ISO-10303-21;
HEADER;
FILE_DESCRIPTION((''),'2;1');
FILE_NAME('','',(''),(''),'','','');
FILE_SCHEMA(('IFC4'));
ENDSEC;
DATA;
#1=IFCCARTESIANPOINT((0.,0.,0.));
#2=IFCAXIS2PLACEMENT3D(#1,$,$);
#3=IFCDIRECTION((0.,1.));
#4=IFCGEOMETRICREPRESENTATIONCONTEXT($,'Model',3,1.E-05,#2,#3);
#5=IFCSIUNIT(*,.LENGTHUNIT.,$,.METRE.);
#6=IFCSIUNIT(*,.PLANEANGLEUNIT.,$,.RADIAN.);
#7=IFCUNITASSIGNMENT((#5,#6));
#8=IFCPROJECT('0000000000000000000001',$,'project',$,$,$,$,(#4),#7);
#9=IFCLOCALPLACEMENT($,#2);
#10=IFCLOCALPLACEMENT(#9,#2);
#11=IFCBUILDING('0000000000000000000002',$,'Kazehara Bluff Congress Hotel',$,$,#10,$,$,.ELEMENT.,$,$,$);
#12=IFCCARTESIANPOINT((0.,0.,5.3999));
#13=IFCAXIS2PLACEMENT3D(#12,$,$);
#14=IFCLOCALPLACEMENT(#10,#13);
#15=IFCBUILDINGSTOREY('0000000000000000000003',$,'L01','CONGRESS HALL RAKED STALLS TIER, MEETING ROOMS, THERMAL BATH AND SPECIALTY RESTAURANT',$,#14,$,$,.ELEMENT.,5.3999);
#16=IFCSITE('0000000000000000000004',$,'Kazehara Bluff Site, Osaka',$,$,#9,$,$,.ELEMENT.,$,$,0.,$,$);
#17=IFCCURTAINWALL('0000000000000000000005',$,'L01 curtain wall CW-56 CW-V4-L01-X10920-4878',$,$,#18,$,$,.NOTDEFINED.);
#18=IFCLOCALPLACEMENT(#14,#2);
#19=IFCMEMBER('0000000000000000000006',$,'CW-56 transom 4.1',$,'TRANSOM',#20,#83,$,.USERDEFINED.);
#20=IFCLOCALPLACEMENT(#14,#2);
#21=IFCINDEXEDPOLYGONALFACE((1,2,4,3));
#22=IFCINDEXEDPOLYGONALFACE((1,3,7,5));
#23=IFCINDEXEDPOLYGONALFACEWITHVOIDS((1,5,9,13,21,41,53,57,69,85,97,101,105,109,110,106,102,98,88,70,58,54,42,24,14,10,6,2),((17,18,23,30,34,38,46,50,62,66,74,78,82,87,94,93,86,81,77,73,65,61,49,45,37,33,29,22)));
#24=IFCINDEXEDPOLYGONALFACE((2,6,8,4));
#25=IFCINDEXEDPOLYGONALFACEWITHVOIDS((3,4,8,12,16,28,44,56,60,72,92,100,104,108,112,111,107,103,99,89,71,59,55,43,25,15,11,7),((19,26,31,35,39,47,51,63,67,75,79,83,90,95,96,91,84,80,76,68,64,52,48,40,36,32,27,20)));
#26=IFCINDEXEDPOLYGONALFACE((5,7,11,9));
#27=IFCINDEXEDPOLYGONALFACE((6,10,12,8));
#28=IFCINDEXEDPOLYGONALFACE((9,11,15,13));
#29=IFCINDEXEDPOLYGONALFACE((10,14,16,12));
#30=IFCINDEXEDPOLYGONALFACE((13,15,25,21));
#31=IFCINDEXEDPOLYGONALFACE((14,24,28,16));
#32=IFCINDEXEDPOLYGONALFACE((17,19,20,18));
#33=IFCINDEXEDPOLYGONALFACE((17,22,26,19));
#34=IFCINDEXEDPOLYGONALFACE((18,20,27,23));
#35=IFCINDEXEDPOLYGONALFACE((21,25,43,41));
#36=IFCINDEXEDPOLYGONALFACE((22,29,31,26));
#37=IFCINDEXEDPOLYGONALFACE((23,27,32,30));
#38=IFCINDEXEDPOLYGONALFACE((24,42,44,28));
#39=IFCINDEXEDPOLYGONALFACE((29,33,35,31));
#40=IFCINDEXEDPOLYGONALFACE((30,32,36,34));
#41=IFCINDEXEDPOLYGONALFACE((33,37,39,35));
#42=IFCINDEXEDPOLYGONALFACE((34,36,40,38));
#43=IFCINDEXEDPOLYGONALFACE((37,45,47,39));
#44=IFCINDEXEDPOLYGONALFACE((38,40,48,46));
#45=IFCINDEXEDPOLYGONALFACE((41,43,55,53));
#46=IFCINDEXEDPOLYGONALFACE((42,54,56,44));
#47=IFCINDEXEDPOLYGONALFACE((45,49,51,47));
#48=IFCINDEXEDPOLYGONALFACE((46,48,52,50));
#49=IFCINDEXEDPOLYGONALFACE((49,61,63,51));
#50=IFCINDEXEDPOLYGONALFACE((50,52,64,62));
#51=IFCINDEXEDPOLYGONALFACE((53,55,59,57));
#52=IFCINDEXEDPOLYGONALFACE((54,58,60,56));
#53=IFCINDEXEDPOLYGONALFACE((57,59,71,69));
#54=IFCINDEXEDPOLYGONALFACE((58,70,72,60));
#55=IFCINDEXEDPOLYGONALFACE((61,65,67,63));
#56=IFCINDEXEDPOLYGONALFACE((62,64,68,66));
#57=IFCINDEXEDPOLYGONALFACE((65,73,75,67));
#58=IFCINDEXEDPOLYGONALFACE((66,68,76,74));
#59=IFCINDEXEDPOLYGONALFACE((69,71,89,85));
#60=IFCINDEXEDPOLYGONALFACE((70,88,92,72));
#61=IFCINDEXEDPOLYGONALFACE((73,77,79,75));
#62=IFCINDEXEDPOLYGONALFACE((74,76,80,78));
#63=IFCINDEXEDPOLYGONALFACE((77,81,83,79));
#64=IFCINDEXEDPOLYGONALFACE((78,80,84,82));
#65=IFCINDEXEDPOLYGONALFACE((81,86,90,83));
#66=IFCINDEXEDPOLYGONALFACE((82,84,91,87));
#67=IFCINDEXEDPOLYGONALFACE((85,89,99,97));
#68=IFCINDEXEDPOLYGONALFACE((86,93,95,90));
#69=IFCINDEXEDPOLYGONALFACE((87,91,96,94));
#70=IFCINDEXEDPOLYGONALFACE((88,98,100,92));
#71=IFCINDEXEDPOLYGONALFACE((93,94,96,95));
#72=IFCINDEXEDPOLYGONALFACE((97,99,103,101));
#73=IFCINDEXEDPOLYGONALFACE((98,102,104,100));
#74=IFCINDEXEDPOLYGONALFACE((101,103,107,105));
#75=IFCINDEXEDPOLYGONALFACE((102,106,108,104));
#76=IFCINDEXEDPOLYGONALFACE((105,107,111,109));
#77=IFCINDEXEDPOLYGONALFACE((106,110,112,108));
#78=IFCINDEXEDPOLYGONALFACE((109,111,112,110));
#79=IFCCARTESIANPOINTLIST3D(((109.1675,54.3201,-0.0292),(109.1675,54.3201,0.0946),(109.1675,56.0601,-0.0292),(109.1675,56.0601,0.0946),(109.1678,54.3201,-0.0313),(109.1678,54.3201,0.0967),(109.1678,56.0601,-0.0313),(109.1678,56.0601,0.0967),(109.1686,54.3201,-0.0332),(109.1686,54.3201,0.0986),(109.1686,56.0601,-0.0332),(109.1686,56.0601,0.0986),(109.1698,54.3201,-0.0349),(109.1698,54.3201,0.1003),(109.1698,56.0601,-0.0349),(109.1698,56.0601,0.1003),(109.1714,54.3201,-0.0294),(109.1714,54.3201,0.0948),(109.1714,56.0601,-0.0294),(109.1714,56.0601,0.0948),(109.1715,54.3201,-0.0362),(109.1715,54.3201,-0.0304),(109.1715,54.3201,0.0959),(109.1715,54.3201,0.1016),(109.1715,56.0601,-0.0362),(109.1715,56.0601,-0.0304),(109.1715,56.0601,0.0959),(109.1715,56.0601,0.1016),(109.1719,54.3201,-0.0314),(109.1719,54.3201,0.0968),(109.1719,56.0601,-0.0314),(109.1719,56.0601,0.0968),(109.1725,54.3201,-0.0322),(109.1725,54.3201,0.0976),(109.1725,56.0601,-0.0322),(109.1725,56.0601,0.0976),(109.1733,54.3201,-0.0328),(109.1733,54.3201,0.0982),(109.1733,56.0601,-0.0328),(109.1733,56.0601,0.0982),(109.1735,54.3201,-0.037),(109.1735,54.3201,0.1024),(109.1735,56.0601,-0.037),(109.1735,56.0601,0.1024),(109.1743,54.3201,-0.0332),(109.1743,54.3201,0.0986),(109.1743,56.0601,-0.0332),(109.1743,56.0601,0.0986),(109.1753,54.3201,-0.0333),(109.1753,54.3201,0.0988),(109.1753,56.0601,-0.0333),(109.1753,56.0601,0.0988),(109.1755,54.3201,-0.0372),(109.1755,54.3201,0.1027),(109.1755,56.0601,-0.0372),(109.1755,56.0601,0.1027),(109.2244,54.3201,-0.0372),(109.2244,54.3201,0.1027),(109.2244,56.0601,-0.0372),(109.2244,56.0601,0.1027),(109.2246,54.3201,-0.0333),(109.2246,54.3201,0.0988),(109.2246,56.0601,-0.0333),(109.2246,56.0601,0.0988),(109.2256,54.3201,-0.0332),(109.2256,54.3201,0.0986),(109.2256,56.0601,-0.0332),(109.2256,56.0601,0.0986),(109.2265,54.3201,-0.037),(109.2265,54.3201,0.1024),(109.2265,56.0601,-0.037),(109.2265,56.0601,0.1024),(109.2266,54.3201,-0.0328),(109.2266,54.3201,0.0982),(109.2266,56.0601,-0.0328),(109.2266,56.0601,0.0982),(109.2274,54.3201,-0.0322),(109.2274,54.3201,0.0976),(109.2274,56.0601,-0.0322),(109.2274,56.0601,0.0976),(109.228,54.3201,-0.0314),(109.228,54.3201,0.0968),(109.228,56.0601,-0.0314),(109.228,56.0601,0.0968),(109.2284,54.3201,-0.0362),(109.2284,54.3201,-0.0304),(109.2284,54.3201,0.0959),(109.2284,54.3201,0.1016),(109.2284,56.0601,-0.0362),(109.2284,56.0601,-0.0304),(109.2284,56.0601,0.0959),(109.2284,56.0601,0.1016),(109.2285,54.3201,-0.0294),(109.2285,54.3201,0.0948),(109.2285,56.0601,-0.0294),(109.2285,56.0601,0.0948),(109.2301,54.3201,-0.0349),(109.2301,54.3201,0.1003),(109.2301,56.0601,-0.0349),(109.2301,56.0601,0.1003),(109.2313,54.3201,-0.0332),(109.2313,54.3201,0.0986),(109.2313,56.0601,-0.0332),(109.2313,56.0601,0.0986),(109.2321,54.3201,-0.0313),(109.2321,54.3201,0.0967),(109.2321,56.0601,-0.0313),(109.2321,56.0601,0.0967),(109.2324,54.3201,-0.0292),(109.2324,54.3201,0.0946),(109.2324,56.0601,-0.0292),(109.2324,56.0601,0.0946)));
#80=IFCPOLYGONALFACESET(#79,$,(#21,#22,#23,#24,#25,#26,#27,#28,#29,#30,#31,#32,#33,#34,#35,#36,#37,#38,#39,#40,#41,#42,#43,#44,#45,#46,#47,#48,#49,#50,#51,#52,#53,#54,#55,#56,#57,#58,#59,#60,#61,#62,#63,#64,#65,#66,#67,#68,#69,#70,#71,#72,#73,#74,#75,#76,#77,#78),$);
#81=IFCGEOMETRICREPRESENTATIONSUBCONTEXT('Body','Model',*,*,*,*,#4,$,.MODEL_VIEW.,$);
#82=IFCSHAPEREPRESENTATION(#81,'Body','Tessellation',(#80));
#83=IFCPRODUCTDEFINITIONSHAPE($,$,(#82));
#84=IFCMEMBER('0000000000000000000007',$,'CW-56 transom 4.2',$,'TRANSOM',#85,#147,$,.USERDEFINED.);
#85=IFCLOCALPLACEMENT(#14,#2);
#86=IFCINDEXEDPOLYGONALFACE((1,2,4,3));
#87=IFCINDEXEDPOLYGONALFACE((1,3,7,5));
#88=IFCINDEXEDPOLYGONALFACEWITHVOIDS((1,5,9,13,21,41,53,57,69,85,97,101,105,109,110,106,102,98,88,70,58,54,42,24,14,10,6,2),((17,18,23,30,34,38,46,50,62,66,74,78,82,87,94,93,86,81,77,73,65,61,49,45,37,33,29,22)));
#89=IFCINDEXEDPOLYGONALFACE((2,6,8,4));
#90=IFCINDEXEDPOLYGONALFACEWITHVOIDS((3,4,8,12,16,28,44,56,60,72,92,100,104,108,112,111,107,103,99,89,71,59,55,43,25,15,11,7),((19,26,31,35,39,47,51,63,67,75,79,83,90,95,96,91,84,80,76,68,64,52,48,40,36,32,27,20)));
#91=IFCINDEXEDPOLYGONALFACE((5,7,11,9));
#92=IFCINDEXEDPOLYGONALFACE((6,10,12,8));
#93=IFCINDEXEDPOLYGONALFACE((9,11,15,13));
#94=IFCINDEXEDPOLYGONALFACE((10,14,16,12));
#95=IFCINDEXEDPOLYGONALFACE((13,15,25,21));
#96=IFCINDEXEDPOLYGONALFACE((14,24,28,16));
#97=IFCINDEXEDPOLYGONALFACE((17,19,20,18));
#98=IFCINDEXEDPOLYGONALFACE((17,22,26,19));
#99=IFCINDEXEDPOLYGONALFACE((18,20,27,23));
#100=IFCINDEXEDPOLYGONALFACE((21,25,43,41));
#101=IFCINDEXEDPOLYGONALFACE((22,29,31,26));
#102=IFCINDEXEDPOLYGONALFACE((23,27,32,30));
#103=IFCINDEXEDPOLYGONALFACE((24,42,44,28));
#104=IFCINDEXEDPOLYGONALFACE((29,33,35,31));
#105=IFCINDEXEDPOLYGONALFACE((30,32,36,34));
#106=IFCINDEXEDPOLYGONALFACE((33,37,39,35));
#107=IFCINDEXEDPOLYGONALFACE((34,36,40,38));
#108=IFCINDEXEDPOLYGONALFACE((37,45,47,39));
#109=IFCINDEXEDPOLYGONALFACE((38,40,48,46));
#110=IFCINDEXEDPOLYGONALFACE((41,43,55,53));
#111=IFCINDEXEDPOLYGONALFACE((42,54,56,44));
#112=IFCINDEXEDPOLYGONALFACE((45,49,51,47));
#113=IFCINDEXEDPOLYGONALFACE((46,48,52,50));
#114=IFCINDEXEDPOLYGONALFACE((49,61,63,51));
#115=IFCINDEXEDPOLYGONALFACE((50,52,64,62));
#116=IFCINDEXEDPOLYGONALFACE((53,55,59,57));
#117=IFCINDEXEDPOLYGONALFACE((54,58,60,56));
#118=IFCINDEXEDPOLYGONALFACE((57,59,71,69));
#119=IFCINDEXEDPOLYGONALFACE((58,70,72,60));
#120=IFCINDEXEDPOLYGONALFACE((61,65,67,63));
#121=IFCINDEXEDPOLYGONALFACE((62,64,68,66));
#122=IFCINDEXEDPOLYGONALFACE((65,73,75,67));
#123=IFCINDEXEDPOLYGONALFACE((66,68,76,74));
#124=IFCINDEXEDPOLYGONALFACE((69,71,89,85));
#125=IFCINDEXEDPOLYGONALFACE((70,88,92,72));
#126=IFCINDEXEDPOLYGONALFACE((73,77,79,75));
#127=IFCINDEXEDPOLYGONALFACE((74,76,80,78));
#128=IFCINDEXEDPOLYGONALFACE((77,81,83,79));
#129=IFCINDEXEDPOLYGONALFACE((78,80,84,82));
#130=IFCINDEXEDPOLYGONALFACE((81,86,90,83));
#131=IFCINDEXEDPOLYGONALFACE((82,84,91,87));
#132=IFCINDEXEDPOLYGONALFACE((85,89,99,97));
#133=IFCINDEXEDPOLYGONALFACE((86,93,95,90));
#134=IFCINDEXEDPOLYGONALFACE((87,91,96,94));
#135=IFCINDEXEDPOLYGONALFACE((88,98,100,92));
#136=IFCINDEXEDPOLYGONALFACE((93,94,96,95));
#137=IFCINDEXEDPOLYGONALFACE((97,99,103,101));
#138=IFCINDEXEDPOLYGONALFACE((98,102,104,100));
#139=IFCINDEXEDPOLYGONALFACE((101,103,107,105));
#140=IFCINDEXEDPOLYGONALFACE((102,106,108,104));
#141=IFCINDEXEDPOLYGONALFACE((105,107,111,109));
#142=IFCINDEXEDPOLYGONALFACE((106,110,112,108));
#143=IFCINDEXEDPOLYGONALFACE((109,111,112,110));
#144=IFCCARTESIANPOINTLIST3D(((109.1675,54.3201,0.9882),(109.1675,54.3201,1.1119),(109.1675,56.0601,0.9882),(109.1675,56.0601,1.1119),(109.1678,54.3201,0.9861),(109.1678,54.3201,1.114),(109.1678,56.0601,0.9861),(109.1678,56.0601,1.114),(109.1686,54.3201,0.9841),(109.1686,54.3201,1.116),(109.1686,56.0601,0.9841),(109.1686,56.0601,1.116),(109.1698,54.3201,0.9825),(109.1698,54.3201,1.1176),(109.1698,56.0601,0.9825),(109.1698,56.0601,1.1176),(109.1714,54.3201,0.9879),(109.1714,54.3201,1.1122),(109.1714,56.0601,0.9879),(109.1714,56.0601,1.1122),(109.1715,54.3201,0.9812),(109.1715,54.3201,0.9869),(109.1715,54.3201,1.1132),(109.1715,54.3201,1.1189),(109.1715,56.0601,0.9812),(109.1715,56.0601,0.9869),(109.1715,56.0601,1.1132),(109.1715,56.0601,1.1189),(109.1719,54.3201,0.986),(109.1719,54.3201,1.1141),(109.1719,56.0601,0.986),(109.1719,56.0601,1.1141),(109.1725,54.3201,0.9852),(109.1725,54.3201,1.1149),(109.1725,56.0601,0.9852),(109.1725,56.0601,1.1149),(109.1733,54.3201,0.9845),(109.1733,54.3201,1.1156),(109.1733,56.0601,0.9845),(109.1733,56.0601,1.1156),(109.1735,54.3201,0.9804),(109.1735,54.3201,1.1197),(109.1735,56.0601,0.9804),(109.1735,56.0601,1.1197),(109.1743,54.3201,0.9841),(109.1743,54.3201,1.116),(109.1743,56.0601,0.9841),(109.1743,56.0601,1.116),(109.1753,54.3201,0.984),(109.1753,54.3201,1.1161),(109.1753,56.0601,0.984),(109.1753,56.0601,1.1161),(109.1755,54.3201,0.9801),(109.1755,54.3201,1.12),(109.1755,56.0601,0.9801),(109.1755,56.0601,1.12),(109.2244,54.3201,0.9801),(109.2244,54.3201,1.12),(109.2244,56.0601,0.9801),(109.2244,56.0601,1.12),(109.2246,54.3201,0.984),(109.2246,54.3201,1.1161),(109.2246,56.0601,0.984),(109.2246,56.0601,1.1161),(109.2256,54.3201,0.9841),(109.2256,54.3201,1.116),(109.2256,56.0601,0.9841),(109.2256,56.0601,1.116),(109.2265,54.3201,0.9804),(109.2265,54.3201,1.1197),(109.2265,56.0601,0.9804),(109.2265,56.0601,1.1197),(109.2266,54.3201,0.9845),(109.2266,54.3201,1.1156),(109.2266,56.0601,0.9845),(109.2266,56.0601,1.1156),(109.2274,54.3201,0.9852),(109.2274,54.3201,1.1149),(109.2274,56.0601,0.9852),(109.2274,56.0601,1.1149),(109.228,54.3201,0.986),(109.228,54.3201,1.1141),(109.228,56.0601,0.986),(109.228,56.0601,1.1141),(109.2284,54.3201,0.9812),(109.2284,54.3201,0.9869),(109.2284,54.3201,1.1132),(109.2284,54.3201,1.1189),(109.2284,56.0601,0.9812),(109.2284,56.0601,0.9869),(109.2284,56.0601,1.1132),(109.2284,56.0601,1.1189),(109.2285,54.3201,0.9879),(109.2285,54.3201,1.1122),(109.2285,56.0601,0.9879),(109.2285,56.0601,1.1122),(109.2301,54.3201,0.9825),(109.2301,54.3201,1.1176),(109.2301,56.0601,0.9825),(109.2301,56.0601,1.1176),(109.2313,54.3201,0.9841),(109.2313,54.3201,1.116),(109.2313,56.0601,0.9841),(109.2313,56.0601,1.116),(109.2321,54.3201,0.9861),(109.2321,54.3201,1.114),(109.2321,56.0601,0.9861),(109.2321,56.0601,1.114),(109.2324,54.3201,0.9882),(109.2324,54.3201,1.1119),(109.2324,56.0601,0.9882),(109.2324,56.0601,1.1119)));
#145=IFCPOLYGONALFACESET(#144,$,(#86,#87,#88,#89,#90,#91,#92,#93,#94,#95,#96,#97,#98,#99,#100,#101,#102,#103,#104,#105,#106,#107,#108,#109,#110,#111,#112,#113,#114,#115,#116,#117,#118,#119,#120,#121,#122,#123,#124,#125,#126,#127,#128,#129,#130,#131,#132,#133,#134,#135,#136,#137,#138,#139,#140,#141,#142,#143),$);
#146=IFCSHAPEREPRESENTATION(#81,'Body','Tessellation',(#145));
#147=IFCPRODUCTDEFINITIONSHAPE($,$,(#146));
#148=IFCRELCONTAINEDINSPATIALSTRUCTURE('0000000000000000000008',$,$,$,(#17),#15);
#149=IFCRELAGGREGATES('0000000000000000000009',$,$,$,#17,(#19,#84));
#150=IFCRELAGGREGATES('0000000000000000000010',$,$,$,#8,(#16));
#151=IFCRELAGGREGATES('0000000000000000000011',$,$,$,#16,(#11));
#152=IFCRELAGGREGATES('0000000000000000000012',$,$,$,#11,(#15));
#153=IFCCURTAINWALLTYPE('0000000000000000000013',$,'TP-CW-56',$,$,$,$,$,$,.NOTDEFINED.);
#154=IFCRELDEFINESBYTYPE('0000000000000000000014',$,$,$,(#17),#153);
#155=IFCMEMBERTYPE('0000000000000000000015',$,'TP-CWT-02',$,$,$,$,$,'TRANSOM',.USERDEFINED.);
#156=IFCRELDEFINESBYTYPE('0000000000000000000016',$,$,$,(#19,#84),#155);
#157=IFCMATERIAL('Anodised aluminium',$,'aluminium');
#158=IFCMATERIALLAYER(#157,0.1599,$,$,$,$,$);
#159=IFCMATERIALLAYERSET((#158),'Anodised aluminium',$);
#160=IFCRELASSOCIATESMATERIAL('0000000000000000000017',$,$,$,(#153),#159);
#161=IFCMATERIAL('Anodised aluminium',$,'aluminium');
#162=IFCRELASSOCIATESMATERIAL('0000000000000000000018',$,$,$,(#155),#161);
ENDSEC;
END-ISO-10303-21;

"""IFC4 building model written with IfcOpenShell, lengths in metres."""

from ifc_helpers import new_model, si_unit, direction, frame, origin, origin_2d, place, context, subcontext, project, spatial, hollow_rectangle, extrude, material, layer, layer_set, material_profile, profile_set, type_object, element, aggregate, save


model = new_model("IFC4")

# Units and contexts
model_context = context("Model", 3, precision=1e-05, world=origin(), true_north=direction((0.0, 1.0)))
body_context = subcontext(model_context, "Body", "Model", "MODEL_VIEW")
ifc_project = project(units=[si_unit("LENGTHUNIT", "METRE"), si_unit("PLANEANGLEUNIT", "RADIAN")], contexts=[model_context])

# Site, building, storey
site_placement = place(None, origin())
site = spatial("IfcSite", under=ifc_project, at=site_placement, Name="Kazehara Bluff Site, Osaka", CompositionType="ELEMENT", RefElevation=0.0)
building_placement = place(site_placement, origin())
building = spatial("IfcBuilding", under=site, at=building_placement, Name="Kazehara Bluff Congress Hotel", CompositionType="ELEMENT")
storey_placement = place(building_placement, frame((0.0, 0.0, 5.3999)))
storey = spatial("IfcBuildingStorey", under=building, at=storey_placement, Name="L01", Description="CONGRESS HALL RAKED STALLS TIER, MEETING ROOMS, THERMAL BATH AND SPECIALTY RESTAURANT", CompositionType="ELEMENT", Elevation=5.3999)

# Curtain wall, members
ifc_material_1 = material(Name="Anodised aluminium", Category="aluminium")
ifc_layer_1 = layer(ifc_material_1, 0.1599)
ifc_layer_set_1 = layer_set([ifc_layer_1], Name="Anodised aluminium")
curtain_wall_type = type_object("IfcCurtainWallType", Name="TP-CW-56", PredefinedType="NOTDEFINED", material=ifc_layer_set_1)
curtain_wall_placement = place(storey_placement, origin())
curtain_wall = element("IfcCurtainWall", 1, at=curtain_wall_placement, inside=storey, type_object=curtain_wall_type, Name="L01 curtain wall CW-56 CW-V4-L01-X10920-4878", PredefinedType="NOTDEFINED")
ifc_material_2 = material(Name="Anodised aluminium", Category="aluminium")
ifc_material_profile_1 = material_profile(ifc_material_2, hollow_rectangle(XDim=0.0649, YDim=0.1399, WallThickness=0.0039, InnerFilletRadius=0.0039, OuterFilletRadius=0.0081, at=origin_2d()))
ifc_profile_set_1 = profile_set([ifc_material_profile_1], Name="Anodised aluminium")
member_type_1 = type_object("IfcMemberType", Name="TP-CWT-02", ElementType="TRANSOM", PredefinedType="USERDEFINED", material=ifc_profile_set_1)
member_1_placement = place(storey_placement, frame((109.2, 54.3201, 0.0327), z_axis=(0.0, 1.0, 0.0), x_axis=(-1.0, 0.0, 0.0)))
member_1 = element("IfcMember", 2, at=member_1_placement, type_object=member_type_1, Name="CW-56 transom 4.1", ObjectType="TRANSOM", PredefinedType="USERDEFINED", context=body_context, shape_type="SweptSolid", body=[
    extrude(hollow_rectangle(XDim=0.0649, YDim=0.1399, WallThickness=0.0039, InnerFilletRadius=0.0039, OuterFilletRadius=0.0081, at=origin_2d()), origin(), (0.0, 0.0, 1.0), 1.74),
])
member_2_placement = place(storey_placement, frame((109.2, 54.3201, 1.05), z_axis=(0.0, 1.0, 0.0), x_axis=(-1.0, 0.0, 0.0)))
member_2 = element("IfcMember", 3, at=member_2_placement, type_object=member_type_1, Name="CW-56 transom 4.2", ObjectType="TRANSOM", PredefinedType="USERDEFINED", context=body_context, shape_type="SweptSolid", body=[
    extrude(hollow_rectangle(XDim=0.0649, YDim=0.1399, WallThickness=0.0039, InnerFilletRadius=0.0039, OuterFilletRadius=0.0081, at=origin_2d()), origin(), (0.0, 0.0, 1.0), 1.74),
])

aggregate(curtain_wall, [member_1, member_2])

save(model, "model.ifc")
